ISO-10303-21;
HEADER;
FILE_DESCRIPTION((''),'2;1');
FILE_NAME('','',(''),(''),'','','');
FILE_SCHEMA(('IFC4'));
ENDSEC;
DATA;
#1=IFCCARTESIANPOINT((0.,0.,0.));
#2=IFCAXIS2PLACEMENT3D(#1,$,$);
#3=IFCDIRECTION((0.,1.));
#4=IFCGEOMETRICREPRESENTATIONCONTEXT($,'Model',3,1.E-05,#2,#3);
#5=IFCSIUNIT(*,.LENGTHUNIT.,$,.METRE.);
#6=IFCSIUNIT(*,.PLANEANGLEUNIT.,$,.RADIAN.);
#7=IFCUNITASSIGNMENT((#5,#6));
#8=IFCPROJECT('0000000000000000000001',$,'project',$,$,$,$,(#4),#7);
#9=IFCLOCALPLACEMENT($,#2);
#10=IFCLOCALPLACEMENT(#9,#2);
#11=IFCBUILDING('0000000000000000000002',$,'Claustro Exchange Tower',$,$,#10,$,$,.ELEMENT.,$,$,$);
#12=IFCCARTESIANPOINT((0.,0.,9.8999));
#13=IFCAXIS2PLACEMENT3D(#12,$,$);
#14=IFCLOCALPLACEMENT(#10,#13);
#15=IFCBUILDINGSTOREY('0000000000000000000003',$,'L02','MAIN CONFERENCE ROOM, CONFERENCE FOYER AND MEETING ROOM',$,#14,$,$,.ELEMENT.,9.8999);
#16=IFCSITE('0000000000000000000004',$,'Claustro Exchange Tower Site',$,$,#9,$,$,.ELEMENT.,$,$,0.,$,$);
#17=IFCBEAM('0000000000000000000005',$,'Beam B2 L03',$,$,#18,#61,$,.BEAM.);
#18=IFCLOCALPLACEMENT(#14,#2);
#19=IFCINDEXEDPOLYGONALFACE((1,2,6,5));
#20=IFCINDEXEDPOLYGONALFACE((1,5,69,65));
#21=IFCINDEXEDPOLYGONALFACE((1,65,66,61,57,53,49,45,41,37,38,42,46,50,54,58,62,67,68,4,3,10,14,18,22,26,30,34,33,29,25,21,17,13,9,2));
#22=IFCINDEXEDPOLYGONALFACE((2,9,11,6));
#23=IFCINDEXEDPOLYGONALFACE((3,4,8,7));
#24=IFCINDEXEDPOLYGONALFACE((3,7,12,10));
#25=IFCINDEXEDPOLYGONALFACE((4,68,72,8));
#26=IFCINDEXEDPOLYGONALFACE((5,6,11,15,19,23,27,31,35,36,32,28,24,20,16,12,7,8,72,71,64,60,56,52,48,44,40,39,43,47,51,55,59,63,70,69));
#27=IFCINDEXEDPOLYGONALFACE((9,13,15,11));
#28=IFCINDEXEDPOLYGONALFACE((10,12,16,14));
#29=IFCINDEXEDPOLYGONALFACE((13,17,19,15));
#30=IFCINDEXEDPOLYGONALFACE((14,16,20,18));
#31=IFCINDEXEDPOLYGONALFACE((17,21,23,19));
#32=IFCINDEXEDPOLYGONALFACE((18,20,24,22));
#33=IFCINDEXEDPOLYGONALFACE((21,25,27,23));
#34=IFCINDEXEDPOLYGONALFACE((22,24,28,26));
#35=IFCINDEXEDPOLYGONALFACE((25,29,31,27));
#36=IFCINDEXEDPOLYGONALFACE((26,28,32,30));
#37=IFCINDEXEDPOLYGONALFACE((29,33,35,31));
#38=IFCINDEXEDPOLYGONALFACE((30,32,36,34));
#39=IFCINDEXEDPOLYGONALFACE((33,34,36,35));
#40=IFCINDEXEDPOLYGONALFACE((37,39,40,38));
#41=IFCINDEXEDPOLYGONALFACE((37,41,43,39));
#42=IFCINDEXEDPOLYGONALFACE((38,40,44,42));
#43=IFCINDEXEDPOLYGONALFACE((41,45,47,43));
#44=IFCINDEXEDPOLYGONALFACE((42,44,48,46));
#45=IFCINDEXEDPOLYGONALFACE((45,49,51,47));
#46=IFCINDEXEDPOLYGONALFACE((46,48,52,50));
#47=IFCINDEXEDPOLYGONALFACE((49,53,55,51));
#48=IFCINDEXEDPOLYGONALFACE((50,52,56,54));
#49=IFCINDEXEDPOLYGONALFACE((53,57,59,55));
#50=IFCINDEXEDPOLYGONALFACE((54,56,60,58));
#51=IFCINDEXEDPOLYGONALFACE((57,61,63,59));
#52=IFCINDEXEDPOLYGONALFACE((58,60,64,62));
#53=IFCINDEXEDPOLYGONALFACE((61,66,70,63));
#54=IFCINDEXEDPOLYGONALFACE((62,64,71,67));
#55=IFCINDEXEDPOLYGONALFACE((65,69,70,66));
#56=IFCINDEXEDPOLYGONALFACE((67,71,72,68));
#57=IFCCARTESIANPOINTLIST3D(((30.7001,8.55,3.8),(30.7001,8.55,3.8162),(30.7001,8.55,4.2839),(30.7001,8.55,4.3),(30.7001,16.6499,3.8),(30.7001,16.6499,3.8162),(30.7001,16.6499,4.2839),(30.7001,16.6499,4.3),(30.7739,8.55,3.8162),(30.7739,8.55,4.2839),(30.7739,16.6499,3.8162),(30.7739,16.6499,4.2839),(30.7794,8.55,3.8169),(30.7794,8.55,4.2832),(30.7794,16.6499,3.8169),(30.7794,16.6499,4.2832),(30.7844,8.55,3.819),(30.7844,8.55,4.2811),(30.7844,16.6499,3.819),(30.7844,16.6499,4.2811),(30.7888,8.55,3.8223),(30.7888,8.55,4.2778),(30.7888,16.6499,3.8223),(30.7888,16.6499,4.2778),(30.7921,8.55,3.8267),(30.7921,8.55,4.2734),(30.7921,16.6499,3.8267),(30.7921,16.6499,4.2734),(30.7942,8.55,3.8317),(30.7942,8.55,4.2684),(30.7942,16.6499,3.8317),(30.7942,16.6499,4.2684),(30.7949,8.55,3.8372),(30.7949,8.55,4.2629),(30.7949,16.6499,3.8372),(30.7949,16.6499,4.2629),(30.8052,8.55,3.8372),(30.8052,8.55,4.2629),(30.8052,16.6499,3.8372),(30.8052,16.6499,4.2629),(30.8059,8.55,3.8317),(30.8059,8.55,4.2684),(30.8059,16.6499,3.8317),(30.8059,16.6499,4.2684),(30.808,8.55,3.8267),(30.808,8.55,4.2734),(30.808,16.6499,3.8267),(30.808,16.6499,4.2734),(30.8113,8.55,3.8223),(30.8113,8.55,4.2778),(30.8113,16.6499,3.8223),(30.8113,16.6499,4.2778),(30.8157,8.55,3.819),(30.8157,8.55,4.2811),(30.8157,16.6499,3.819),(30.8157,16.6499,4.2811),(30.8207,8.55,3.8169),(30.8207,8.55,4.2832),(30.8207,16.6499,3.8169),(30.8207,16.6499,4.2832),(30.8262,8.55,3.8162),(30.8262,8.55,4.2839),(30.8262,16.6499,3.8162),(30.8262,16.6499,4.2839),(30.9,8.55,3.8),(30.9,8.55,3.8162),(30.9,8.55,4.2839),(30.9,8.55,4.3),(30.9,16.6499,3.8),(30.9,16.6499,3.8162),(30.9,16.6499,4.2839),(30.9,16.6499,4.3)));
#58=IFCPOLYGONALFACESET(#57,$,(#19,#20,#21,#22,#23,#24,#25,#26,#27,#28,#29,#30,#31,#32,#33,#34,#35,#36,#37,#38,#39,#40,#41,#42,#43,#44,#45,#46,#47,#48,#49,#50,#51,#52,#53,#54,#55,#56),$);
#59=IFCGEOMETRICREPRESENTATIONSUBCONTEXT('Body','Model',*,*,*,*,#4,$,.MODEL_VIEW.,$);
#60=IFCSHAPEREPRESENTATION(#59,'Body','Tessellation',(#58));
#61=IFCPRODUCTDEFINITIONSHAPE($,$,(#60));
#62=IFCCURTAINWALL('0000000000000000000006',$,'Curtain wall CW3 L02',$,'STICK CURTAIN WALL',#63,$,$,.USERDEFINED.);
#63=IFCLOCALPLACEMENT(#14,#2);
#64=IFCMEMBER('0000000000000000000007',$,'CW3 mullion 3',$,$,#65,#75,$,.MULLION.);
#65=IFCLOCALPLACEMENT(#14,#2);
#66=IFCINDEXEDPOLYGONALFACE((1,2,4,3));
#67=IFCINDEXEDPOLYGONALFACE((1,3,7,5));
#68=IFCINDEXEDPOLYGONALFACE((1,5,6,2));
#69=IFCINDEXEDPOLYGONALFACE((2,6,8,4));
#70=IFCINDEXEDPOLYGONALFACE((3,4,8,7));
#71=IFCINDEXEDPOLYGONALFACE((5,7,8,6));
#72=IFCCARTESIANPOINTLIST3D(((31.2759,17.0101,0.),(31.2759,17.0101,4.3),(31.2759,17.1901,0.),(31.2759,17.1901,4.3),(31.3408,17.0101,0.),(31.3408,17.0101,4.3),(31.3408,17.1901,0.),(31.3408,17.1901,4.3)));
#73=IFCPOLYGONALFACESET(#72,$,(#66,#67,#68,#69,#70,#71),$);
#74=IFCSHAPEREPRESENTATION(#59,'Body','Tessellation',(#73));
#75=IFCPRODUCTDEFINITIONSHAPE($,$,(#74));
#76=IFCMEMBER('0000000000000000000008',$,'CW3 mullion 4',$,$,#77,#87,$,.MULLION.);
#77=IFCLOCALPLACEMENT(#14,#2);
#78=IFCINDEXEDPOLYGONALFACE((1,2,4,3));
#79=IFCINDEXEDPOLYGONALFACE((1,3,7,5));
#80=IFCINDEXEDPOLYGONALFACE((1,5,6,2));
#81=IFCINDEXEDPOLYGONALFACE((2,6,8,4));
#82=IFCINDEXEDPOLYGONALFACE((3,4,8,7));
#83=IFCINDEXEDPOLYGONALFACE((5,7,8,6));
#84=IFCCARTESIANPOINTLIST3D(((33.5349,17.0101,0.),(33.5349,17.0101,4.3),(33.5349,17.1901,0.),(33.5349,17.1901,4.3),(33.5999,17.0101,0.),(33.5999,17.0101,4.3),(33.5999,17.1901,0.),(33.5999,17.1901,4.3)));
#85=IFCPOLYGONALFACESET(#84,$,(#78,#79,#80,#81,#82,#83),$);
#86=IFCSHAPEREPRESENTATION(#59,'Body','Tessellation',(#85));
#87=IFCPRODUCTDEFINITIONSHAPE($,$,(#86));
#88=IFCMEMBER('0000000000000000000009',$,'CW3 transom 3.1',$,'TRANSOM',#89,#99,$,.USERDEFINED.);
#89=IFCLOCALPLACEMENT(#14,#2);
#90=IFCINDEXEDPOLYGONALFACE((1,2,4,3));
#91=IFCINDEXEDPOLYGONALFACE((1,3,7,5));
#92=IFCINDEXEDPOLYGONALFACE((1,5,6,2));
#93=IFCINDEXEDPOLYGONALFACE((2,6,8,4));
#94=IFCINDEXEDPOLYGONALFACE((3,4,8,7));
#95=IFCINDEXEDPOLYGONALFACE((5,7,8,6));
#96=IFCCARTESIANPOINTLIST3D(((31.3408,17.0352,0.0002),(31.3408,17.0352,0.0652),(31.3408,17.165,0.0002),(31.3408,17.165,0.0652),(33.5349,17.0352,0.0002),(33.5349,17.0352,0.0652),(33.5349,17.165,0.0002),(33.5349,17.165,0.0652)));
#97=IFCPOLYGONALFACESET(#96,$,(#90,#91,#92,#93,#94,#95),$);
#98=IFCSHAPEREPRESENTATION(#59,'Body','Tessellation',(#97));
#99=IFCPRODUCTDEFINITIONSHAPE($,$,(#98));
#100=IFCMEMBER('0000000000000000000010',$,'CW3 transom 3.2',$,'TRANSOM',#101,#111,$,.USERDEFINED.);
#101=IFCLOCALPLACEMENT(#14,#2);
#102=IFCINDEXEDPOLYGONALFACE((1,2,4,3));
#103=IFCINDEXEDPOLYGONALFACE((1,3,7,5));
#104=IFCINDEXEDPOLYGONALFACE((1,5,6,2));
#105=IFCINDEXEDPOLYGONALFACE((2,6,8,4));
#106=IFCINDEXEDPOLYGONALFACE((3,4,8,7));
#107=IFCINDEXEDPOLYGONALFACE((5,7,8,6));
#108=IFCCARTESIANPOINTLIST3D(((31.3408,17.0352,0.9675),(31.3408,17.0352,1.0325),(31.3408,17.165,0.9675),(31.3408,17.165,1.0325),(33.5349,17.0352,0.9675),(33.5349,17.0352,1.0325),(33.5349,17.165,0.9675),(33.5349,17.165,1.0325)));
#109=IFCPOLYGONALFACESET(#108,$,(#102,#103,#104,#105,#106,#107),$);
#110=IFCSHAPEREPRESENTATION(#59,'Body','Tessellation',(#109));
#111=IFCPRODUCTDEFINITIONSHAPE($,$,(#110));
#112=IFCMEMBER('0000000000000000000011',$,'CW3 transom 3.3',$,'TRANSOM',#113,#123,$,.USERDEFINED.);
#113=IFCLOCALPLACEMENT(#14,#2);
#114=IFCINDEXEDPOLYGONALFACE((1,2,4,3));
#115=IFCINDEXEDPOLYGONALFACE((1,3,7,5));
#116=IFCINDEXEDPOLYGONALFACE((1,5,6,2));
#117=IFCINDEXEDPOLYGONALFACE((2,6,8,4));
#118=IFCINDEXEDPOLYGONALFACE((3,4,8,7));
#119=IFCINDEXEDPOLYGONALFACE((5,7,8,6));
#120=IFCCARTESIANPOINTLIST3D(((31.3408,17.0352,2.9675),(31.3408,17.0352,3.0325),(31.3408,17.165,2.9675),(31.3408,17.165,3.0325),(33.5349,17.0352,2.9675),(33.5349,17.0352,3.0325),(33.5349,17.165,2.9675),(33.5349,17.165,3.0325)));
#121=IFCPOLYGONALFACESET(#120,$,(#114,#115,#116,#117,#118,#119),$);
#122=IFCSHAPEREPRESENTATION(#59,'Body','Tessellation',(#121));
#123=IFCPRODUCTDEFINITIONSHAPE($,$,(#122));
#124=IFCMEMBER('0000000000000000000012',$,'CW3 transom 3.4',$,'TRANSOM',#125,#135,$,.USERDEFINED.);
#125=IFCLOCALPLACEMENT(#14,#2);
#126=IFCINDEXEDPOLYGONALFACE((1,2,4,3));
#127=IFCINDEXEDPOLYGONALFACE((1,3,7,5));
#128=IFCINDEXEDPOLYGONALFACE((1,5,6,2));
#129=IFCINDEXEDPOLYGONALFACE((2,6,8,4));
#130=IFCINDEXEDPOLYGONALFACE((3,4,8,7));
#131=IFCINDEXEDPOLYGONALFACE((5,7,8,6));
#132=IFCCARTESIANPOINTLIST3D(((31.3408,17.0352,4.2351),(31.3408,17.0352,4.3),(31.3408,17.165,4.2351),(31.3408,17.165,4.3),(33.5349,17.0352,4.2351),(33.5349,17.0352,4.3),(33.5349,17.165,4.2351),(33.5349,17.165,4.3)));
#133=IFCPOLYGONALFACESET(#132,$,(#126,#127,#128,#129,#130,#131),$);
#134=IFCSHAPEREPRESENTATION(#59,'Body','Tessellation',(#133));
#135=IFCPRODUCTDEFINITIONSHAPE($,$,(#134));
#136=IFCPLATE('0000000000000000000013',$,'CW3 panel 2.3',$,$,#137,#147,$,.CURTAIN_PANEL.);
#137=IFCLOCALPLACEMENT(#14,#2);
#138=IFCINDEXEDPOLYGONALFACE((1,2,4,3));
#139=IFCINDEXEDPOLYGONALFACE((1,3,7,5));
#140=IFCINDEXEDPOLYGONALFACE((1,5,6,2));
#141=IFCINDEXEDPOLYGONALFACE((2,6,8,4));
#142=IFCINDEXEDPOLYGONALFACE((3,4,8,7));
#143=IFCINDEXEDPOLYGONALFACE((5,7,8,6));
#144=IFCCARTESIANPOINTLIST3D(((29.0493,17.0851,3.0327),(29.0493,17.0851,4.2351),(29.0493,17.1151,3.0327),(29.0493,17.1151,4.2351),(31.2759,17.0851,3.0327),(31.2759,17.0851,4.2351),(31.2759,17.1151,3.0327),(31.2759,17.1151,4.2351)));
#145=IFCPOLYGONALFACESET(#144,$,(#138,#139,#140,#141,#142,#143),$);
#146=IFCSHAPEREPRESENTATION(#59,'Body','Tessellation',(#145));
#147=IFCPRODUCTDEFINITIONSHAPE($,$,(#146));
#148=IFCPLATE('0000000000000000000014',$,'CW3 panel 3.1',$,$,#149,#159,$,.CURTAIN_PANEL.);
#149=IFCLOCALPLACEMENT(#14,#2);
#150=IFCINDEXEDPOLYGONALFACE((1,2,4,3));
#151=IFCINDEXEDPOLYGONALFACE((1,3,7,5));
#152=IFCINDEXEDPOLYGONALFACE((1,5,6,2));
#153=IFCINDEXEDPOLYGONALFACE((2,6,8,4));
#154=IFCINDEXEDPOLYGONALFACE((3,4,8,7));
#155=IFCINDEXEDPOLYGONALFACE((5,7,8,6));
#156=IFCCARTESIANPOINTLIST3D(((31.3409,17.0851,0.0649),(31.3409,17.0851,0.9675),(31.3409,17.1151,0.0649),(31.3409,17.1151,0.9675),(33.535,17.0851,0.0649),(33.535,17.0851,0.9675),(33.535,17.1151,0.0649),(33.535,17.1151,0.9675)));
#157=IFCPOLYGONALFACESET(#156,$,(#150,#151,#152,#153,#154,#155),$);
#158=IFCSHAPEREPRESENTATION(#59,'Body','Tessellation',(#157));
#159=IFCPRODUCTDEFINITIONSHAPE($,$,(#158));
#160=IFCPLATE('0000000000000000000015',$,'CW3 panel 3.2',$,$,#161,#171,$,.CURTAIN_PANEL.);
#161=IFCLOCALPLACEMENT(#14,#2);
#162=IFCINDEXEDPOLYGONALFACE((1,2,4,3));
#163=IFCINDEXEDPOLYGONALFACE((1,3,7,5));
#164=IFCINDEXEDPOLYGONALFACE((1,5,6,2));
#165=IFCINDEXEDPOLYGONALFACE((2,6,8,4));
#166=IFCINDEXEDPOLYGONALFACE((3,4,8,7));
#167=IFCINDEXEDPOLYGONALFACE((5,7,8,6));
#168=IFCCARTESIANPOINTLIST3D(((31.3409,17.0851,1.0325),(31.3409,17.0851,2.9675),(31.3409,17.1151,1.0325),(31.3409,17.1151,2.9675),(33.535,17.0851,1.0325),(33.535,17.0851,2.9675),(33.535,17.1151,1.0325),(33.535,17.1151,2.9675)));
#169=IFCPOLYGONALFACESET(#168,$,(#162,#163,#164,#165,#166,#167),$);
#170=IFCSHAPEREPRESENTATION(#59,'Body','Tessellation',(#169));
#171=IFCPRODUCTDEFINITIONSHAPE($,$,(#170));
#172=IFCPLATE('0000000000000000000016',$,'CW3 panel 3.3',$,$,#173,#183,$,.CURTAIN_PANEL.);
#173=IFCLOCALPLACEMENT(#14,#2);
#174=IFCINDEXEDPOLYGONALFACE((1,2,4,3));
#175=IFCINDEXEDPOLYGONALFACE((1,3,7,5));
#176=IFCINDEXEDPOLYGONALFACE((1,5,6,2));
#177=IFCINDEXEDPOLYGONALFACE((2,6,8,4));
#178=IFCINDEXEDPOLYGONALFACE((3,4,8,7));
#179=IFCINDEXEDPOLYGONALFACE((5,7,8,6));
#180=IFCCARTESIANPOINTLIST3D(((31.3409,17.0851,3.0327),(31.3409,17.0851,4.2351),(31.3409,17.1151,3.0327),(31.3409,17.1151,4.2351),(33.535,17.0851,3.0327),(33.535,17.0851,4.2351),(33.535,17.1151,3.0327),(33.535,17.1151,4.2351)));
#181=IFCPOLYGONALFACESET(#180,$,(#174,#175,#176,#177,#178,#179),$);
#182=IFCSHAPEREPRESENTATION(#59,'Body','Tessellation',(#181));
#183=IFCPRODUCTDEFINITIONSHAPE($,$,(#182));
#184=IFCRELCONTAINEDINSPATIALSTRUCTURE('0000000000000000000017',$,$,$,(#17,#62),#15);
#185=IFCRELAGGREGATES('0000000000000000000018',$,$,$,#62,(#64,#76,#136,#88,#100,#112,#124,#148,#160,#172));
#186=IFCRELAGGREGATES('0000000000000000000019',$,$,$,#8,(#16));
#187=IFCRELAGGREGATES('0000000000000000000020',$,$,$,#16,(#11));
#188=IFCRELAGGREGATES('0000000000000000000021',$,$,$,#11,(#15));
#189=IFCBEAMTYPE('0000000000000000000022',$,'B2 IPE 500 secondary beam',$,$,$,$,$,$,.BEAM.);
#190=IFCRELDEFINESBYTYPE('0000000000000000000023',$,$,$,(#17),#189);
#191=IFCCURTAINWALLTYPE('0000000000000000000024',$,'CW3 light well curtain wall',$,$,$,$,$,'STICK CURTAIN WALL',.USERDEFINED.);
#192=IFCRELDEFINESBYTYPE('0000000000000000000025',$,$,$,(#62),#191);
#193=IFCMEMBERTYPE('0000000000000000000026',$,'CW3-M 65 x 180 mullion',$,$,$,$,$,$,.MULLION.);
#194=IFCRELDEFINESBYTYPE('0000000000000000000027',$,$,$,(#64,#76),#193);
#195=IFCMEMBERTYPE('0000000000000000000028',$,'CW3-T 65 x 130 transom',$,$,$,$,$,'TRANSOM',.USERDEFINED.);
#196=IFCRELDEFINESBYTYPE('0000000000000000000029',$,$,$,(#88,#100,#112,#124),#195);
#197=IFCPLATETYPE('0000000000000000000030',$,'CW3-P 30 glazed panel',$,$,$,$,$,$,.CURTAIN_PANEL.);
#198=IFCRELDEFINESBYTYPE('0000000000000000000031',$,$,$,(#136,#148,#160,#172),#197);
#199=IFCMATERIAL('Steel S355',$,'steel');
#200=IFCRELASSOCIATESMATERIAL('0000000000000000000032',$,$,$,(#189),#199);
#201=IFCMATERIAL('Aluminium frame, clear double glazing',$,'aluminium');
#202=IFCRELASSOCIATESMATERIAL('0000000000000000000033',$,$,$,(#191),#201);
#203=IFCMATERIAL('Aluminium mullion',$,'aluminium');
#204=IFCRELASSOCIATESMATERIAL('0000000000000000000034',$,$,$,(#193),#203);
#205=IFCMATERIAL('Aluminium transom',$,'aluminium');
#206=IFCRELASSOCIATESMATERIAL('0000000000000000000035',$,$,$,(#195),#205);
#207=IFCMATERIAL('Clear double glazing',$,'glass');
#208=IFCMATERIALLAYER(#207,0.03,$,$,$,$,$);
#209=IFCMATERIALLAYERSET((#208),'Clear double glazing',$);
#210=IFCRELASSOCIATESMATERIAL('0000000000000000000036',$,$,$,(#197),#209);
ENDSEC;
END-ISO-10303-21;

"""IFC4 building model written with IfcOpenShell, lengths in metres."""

from ifc_helpers import new_model, si_unit, direction, frame, origin, origin_2d, place, context, subcontext, project, spatial, rectangle, i_section, extrude, material, layer, layer_set, material_profile, profile_set, type_object, element, aggregate, save


model = new_model("IFC4")

# Units and contexts
model_context = context("Model", 3, precision=1e-05, world=origin(), true_north=direction((0.0, 1.0)))
body_context = subcontext(model_context, "Body", "Model", "MODEL_VIEW")
ifc_project = project(units=[si_unit("LENGTHUNIT", "METRE"), si_unit("PLANEANGLEUNIT", "RADIAN")], contexts=[model_context])

# Site, building, storey
site_placement = place(None, origin())
site = spatial("IfcSite", under=ifc_project, at=site_placement, Name="Claustro Exchange Tower Site", CompositionType="ELEMENT", RefElevation=0.0)
building_placement = place(site_placement, origin())
building = spatial("IfcBuilding", under=site, at=building_placement, Name="Claustro Exchange Tower", CompositionType="ELEMENT")
storey_placement = place(building_placement, frame((0.0, 0.0, 9.8999)))
storey = spatial("IfcBuildingStorey", under=building, at=storey_placement, Name="L02", Description="MAIN CONFERENCE ROOM, CONFERENCE FOYER AND MEETING ROOM", CompositionType="ELEMENT", Elevation=9.8999)

# Beam
ifc_material_1 = material(Name="Steel S355", Category="steel")
ifc_material_profile_1 = material_profile(ifc_material_1, i_section(OverallWidth=0.2, OverallDepth=0.5, WebThickness=0.0103, FlangeThickness=0.0161, FilletRadius=0.021, at=origin_2d()), Name="IPE 500")
ifc_profile_set_1 = profile_set([ifc_material_profile_1], Name="Steel S355")
beam_type = type_object("IfcBeamType", Name="B2 IPE 500 secondary beam", PredefinedType="BEAM", material=ifc_profile_set_1)
beam_placement = place(storey_placement, frame((30.8, 8.55, 4.05), z_axis=(0.0, 1.0, 0.0), x_axis=(-1.0, 0.0, 0.0)))
element("IfcBeam", 1, at=beam_placement, inside=storey, type_object=beam_type, Name="Beam B2 L03", PredefinedType="BEAM", context=body_context, shape_type="SweptSolid", body=[
    extrude(i_section(OverallWidth=0.2, OverallDepth=0.5, WebThickness=0.0103, FlangeThickness=0.0161, FilletRadius=0.021, at=origin_2d()), origin(), (0.0, 0.0, 1.0), 8.0999),
])

# Curtain wall, members, plates
ifc_material_2 = material(Name="Aluminium frame, clear double glazing", Category="aluminium")
curtain_wall_type = type_object("IfcCurtainWallType", Name="CW3 light well curtain wall", ElementType="STICK CURTAIN WALL", PredefinedType="USERDEFINED", material=ifc_material_2)
curtain_wall_placement = place(storey_placement, origin())
curtain_wall = element("IfcCurtainWall", 2, at=curtain_wall_placement, inside=storey, type_object=curtain_wall_type, Name="Curtain wall CW3 L02", ObjectType="STICK CURTAIN WALL", PredefinedType="USERDEFINED")
ifc_material_3 = material(Name="Aluminium mullion", Category="aluminium")
ifc_material_profile_2 = material_profile(ifc_material_3, rectangle(XDim=0.1799, YDim=0.0649, at=origin_2d()), Name="CW3-M 65x180")
ifc_profile_set_2 = profile_set([ifc_material_profile_2], Name="Aluminium mullion")
member_type_1 = type_object("IfcMemberType", Name="CW3-M 65 x 180 mullion", PredefinedType="MULLION", material=ifc_profile_set_2)
member_1_placement = place(storey_placement, frame((31.3083, 17.1001, 0.0), z_axis=(0.0, 0.0, 1.0), x_axis=(0.0, 1.0, 0.0)))
member_1 = element("IfcMember", 3, at=member_1_placement, type_object=member_type_1, Name="CW3 mullion 3", PredefinedType="MULLION", context=body_context, shape_type="SweptSolid", body=[
    extrude(rectangle(XDim=0.1799, YDim=0.0649, at=origin_2d()), origin(), (0.0, 0.0, 1.0), 4.3),
])
member_2_placement = place(storey_placement, frame((33.5674, 17.1001, 0.0), z_axis=(0.0, 0.0, 1.0), x_axis=(0.0, 1.0, 0.0)))
member_2 = element("IfcMember", 4, at=member_2_placement, type_object=member_type_1, Name="CW3 mullion 4", PredefinedType="MULLION", context=body_context, shape_type="SweptSolid", body=[
    extrude(rectangle(XDim=0.1799, YDim=0.0649, at=origin_2d()), origin(), (0.0, 0.0, 1.0), 4.3),
])
ifc_material_4 = material(Name="Aluminium transom", Category="aluminium")
ifc_material_profile_3 = material_profile(ifc_material_4, rectangle(XDim=0.1299, YDim=0.0649, at=origin_2d()), Name="CW3-T 65x130")
ifc_profile_set_3 = profile_set([ifc_material_profile_3], Name="Aluminium transom")
member_type_2 = type_object("IfcMemberType", Name="CW3-T 65 x 130 transom", ElementType="TRANSOM", PredefinedType="USERDEFINED", material=ifc_profile_set_3)
member_3_placement = place(storey_placement, frame((31.3408, 17.1001, 0.0327), z_axis=(1.0, 0.0, 0.0), x_axis=(0.0, 1.0, 0.0)))
member_3 = element("IfcMember", 5, at=member_3_placement, type_object=member_type_2, Name="CW3 transom 3.1", ObjectType="TRANSOM", PredefinedType="USERDEFINED", context=body_context, shape_type="SweptSolid", body=[
    extrude(rectangle(XDim=0.1299, YDim=0.0649, at=origin_2d()), origin(), (0.0, 0.0, 1.0), 2.1941),
])
member_4_placement = place(storey_placement, frame((31.3408, 17.1001, 1.0), z_axis=(1.0, 0.0, 0.0), x_axis=(0.0, 1.0, 0.0)))
member_4 = element("IfcMember", 6, at=member_4_placement, type_object=member_type_2, Name="CW3 transom 3.2", ObjectType="TRANSOM", PredefinedType="USERDEFINED", context=body_context, shape_type="SweptSolid", body=[
    extrude(rectangle(XDim=0.1299, YDim=0.0649, at=origin_2d()), origin(), (0.0, 0.0, 1.0), 2.1941),
])
member_5_placement = place(storey_placement, frame((31.3408, 17.1001, 3.0), z_axis=(1.0, 0.0, 0.0), x_axis=(0.0, 1.0, 0.0)))
member_5 = element("IfcMember", 7, at=member_5_placement, type_object=member_type_2, Name="CW3 transom 3.3", ObjectType="TRANSOM", PredefinedType="USERDEFINED", context=body_context, shape_type="SweptSolid", body=[
    extrude(rectangle(XDim=0.1299, YDim=0.0649, at=origin_2d()), origin(), (0.0, 0.0, 1.0), 2.1941),
])
member_6_placement = place(storey_placement, frame((31.3408, 17.1001, 4.2676), z_axis=(1.0, 0.0, 0.0), x_axis=(0.0, 1.0, 0.0)))
member_6 = element("IfcMember", 8, at=member_6_placement, type_object=member_type_2, Name="CW3 transom 3.4", ObjectType="TRANSOM", PredefinedType="USERDEFINED", context=body_context, shape_type="SweptSolid", body=[
    extrude(rectangle(XDim=0.1299, YDim=0.0649, at=origin_2d()), origin(), (0.0, 0.0, 1.0), 2.1941),
])
ifc_material_5 = material(Name="Clear double glazing", Category="glass")
ifc_layer_1 = layer(ifc_material_5, 0.03)
ifc_layer_set_1 = layer_set([ifc_layer_1], Name="Clear double glazing")
plate_type = type_object("IfcPlateType", Name="CW3-P 30 glazed panel", PredefinedType="CURTAIN_PANEL", material=ifc_layer_set_1)
plate_1_placement = place(storey_placement, frame((30.1626, 17.1001, 3.0327), z_axis=(0.0, 0.0, 1.0), x_axis=(1.0, 0.0, 0.0)))
plate_1 = element("IfcPlate", 9, at=plate_1_placement, type_object=plate_type, Name="CW3 panel 2.3", PredefinedType="CURTAIN_PANEL", context=body_context, shape_type="SweptSolid", body=[
    extrude(rectangle(XDim=2.2266, YDim=0.03, at=origin_2d()), origin(), (0.0, 0.0, 1.0), 1.2024),
])
plate_2_placement = place(storey_placement, frame((32.438, 17.1001, 0.0649), z_axis=(0.0, 0.0, 1.0), x_axis=(1.0, 0.0, 0.0)))
plate_2 = element("IfcPlate", 10, at=plate_2_placement, type_object=plate_type, Name="CW3 panel 3.1", PredefinedType="CURTAIN_PANEL", context=body_context, shape_type="SweptSolid", body=[
    extrude(rectangle(XDim=2.1941, YDim=0.03, at=origin_2d()), origin(), (0.0, 0.0, 1.0), 0.9026),
])
plate_3_placement = place(storey_placement, frame((32.438, 17.1001, 1.0325), z_axis=(0.0, 0.0, 1.0), x_axis=(1.0, 0.0, 0.0)))
plate_3 = element("IfcPlate", 11, at=plate_3_placement, type_object=plate_type, Name="CW3 panel 3.2", PredefinedType="CURTAIN_PANEL", context=body_context, shape_type="SweptSolid", body=[
    extrude(rectangle(XDim=2.1941, YDim=0.03, at=origin_2d()), origin(), (0.0, 0.0, 1.0), 1.9351),
])
plate_4_placement = place(storey_placement, frame((32.438, 17.1001, 3.0327), z_axis=(0.0, 0.0, 1.0), x_axis=(1.0, 0.0, 0.0)))
plate_4 = element("IfcPlate", 12, at=plate_4_placement, type_object=plate_type, Name="CW3 panel 3.3", PredefinedType="CURTAIN_PANEL", context=body_context, shape_type="SweptSolid", body=[
    extrude(rectangle(XDim=2.1941, YDim=0.03, at=origin_2d()), origin(), (0.0, 0.0, 1.0), 1.2024),
])
aggregate(curtain_wall, [member_1, member_2, plate_1, member_3, member_4, member_5, member_6, plate_2, plate_3, plate_4])

save(model, "model.ifc")
